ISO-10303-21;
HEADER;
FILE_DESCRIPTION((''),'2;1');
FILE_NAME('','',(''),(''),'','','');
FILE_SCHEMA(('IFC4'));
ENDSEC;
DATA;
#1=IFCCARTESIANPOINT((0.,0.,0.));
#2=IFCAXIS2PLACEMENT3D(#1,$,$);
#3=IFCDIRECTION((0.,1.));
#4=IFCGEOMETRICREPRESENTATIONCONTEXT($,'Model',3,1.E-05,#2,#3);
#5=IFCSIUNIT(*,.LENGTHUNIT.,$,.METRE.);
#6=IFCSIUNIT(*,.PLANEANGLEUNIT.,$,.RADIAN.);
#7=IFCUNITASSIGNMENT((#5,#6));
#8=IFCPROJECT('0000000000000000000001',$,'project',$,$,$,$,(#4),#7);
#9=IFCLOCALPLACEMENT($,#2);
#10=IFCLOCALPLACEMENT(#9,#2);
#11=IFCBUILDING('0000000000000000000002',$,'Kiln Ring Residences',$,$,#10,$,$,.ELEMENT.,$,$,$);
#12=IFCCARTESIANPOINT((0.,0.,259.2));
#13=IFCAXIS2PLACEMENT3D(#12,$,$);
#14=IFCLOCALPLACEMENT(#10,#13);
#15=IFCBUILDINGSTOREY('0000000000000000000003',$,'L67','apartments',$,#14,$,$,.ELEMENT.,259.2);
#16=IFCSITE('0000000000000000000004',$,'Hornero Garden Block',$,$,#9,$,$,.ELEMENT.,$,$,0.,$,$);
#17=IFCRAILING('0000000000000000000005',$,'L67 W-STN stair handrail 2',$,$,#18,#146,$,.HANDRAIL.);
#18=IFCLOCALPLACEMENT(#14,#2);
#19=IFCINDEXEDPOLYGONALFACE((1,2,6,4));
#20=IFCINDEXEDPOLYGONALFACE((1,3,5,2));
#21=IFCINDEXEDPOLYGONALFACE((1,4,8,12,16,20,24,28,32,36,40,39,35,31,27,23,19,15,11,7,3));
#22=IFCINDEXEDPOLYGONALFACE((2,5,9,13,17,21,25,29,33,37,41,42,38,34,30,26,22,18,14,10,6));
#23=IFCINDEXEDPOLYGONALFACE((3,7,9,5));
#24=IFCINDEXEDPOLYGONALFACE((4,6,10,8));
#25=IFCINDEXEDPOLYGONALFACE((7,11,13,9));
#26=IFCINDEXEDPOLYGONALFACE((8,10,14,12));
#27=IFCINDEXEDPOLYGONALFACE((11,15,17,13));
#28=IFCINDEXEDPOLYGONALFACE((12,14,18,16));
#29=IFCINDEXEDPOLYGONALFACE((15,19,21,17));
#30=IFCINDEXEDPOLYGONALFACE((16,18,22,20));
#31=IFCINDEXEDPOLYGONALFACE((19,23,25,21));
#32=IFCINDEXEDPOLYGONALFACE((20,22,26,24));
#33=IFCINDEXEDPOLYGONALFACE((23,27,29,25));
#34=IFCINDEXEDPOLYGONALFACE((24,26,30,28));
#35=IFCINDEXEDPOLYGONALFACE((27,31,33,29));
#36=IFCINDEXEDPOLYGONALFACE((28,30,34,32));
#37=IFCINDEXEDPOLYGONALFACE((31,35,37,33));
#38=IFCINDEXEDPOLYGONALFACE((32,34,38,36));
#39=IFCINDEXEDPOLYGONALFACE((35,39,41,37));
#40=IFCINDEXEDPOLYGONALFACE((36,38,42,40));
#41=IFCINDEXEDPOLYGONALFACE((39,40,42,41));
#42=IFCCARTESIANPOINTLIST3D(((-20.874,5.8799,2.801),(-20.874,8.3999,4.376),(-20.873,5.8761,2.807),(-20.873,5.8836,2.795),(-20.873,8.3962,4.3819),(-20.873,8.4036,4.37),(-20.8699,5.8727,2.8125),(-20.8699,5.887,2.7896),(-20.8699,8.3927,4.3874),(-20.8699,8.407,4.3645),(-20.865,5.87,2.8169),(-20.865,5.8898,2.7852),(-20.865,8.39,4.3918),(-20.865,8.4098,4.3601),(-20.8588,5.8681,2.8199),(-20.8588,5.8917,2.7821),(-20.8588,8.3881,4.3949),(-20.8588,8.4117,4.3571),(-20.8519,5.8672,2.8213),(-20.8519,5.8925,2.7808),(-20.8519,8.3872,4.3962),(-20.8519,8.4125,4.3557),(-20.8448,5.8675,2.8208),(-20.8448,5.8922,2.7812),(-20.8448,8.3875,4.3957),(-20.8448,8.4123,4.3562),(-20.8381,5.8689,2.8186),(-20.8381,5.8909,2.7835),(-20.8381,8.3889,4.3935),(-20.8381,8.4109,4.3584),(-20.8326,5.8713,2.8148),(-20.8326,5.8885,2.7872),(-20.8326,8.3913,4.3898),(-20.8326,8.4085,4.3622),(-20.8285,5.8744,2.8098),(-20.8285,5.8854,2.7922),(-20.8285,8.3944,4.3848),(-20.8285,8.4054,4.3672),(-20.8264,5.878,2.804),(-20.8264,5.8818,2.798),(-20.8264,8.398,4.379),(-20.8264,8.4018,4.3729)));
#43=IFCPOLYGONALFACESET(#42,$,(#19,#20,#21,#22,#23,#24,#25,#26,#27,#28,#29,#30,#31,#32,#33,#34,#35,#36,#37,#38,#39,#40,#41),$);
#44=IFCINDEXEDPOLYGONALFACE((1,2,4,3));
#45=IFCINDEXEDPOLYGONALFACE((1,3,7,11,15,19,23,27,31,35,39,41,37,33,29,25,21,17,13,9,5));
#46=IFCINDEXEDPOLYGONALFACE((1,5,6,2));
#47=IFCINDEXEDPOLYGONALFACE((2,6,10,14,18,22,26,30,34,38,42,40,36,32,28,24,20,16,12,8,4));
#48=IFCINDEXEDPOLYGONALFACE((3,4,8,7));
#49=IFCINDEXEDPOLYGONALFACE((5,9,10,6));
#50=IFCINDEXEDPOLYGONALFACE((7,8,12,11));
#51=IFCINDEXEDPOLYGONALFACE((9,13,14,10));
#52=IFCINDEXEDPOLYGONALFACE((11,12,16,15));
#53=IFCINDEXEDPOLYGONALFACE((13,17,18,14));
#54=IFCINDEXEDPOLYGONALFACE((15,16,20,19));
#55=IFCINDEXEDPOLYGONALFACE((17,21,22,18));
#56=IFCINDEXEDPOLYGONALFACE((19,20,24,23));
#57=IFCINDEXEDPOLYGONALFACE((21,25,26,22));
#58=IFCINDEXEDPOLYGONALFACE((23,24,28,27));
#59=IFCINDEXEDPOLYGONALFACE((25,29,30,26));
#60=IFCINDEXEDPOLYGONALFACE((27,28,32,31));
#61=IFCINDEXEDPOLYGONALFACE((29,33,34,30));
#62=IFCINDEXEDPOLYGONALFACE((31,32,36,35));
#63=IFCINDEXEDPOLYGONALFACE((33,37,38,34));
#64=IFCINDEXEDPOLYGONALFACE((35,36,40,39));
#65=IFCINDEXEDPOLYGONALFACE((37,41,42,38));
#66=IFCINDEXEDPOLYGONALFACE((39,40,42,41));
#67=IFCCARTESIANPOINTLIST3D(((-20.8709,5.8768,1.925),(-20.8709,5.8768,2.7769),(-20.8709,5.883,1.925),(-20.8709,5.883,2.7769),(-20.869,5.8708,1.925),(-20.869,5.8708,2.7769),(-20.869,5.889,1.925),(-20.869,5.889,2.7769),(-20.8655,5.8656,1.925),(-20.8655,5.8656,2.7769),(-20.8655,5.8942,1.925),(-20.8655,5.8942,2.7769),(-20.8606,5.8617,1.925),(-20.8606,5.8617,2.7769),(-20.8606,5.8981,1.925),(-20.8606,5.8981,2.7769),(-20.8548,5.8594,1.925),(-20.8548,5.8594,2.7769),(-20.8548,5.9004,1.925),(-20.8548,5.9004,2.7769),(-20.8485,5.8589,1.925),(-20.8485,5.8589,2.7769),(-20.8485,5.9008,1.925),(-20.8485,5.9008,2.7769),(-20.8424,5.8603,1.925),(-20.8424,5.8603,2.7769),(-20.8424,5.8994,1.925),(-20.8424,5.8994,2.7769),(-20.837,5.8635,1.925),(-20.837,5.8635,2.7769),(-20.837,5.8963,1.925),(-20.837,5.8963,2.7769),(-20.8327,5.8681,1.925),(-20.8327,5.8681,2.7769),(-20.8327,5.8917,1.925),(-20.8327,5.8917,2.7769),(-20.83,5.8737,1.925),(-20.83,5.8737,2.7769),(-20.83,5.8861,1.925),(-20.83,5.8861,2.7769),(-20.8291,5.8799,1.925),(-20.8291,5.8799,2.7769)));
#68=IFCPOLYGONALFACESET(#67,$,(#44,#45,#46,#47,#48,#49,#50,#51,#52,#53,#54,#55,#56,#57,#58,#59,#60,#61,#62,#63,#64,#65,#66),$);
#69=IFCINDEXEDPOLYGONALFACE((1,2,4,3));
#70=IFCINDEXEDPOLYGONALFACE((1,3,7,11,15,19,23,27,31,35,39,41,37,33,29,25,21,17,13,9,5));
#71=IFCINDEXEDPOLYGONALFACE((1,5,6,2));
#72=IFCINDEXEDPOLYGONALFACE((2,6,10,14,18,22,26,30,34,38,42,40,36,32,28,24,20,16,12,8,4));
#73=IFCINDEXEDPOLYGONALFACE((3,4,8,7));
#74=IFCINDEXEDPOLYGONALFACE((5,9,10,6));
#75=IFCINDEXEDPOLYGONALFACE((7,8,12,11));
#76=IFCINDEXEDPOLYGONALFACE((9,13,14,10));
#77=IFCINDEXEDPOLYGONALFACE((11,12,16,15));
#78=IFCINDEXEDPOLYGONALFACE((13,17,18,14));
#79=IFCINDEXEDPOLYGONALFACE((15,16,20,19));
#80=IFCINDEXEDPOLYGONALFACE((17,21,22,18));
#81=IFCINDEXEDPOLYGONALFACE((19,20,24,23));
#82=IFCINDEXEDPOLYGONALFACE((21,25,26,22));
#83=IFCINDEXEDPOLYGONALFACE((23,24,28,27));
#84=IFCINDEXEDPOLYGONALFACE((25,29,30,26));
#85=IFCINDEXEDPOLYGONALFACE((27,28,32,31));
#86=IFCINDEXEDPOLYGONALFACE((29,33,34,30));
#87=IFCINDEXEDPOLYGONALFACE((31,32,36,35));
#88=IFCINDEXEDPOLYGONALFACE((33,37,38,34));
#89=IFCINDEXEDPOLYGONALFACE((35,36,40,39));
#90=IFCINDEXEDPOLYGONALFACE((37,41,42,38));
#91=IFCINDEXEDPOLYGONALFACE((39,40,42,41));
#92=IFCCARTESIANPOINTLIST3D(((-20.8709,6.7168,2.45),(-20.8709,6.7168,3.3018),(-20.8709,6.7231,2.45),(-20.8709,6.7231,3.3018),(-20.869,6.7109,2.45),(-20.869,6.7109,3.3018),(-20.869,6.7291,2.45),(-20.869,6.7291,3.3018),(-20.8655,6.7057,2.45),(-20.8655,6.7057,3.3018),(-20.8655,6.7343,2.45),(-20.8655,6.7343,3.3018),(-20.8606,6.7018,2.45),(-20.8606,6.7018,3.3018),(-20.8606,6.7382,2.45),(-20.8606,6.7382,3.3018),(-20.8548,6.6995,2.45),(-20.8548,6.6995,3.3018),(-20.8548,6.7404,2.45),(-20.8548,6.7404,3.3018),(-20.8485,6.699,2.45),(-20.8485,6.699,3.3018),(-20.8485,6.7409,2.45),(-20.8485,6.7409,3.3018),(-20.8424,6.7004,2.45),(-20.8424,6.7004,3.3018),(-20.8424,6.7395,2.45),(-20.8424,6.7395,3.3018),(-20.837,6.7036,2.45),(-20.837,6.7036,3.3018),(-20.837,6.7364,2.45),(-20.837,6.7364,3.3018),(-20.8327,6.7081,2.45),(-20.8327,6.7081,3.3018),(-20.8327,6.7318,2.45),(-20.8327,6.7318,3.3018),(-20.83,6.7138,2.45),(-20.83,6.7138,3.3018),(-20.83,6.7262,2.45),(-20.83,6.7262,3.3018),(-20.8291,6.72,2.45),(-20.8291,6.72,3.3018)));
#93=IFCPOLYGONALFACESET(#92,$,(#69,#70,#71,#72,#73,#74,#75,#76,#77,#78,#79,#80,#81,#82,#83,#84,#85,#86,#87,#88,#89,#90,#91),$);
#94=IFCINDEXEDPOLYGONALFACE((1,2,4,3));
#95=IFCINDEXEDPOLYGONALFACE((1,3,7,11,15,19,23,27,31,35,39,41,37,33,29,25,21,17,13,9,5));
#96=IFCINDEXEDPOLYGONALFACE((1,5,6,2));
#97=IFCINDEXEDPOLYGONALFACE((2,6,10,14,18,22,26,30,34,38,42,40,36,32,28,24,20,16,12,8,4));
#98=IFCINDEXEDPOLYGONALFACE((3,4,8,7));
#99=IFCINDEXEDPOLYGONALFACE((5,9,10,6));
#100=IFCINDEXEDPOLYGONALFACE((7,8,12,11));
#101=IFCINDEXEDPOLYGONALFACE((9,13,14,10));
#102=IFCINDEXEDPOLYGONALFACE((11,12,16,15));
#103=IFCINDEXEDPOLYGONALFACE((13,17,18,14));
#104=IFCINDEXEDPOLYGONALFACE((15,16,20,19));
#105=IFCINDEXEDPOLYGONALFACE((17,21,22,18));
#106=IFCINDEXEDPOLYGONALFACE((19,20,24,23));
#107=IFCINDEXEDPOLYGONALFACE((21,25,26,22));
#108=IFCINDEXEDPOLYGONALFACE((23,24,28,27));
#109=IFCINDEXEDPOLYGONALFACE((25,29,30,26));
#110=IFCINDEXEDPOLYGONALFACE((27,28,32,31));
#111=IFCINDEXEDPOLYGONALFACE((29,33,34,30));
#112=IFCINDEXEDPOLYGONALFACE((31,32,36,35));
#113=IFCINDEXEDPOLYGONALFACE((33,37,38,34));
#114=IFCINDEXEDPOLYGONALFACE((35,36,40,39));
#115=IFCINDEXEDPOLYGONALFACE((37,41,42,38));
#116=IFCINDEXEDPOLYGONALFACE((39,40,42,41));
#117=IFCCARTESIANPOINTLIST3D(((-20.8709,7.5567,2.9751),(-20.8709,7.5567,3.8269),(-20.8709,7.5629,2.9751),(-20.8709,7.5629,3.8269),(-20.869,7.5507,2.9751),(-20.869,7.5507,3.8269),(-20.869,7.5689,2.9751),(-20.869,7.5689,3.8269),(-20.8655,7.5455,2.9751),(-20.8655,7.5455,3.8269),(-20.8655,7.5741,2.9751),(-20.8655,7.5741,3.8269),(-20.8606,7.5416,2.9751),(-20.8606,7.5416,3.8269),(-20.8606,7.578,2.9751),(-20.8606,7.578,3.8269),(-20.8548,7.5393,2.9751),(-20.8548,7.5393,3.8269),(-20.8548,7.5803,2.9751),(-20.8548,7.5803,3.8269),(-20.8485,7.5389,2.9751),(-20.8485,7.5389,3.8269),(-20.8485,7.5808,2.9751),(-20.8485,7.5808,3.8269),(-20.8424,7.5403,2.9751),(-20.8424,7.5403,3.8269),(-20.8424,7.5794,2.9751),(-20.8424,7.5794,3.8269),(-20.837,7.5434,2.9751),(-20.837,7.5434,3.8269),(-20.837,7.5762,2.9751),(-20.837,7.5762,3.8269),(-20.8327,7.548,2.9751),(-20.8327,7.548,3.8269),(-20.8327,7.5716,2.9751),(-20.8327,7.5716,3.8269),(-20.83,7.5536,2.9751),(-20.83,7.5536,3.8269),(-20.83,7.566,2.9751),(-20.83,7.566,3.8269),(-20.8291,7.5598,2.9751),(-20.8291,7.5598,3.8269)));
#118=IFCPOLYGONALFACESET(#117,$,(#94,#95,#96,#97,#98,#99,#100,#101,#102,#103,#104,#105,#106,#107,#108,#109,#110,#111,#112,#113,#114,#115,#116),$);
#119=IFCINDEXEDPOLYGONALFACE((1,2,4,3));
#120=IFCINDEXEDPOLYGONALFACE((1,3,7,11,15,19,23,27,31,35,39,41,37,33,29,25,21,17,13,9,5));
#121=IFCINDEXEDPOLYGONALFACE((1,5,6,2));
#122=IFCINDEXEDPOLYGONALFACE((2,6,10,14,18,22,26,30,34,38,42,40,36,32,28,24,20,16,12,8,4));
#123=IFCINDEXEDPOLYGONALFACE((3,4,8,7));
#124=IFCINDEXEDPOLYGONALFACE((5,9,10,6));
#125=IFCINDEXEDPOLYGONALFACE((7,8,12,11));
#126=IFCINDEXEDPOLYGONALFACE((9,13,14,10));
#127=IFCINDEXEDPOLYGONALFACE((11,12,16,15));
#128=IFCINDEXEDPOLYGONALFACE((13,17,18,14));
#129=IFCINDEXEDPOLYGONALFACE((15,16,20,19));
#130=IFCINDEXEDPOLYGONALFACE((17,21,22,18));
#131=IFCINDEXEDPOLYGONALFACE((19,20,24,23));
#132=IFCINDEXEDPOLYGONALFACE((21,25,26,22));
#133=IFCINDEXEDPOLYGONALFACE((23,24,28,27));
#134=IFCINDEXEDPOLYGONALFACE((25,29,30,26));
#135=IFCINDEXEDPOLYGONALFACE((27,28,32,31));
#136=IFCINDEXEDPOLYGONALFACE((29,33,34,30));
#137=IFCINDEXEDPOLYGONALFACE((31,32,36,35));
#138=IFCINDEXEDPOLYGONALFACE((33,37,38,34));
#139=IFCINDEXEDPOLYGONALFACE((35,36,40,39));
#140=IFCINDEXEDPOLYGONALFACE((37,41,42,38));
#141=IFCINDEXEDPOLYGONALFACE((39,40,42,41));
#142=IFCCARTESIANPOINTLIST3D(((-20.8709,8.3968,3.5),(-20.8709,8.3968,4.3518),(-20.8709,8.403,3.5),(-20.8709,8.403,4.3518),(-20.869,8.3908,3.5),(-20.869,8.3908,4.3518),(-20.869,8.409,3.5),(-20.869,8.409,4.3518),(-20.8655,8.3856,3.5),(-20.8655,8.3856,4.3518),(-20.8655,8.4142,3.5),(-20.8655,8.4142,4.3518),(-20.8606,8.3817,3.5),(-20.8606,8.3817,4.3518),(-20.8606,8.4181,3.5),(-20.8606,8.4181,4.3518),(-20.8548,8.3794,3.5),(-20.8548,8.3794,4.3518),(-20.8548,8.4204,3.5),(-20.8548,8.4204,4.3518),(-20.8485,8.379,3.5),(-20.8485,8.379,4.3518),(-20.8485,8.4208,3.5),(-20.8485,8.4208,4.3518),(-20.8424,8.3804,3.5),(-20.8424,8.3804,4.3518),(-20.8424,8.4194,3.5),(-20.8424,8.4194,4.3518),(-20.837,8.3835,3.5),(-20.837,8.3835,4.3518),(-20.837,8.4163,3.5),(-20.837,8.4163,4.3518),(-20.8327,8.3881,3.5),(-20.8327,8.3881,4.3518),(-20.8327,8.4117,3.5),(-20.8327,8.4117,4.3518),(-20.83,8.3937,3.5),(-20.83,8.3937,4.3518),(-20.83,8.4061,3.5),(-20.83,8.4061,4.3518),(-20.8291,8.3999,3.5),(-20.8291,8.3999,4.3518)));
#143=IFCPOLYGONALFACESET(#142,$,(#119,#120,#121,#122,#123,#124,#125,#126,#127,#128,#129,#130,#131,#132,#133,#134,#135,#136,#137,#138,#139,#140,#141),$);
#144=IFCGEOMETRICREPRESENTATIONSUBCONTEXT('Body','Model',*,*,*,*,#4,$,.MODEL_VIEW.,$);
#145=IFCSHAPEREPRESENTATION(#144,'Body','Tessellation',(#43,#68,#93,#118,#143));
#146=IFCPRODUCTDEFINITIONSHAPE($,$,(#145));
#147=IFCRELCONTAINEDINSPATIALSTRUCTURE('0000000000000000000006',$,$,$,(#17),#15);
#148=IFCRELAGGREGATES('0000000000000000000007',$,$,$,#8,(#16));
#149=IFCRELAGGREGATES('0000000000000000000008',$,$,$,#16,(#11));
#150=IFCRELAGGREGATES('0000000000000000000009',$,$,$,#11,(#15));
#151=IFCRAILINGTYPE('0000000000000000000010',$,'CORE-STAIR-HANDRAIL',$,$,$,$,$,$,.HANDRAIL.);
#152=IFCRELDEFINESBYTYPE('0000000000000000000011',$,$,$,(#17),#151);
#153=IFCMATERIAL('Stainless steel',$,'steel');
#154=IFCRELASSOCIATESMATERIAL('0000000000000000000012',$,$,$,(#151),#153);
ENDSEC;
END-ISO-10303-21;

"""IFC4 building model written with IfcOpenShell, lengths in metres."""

from ifc_helpers import new_model, si_unit, direction, frame, origin, origin_2d, place, context, subcontext, project, spatial, circle, extrude, material, type_object, element, save


model = new_model("IFC4")

# Units and contexts
model_context = context("Model", 3, precision=1e-05, world=origin(), true_north=direction((0.0, 1.0)))
body_context = subcontext(model_context, "Body", "Model", "MODEL_VIEW")
ifc_project = project(units=[si_unit("LENGTHUNIT", "METRE"), si_unit("PLANEANGLEUNIT", "RADIAN")], contexts=[model_context])

# Site, building, storey
site_placement = place(None, origin())
site = spatial("IfcSite", under=ifc_project, at=site_placement, Name="Hornero Garden Block", CompositionType="ELEMENT", RefElevation=0.0)
building_placement = place(site_placement, origin())
building = spatial("IfcBuilding", under=site, at=building_placement, Name="Kiln Ring Residences", CompositionType="ELEMENT")
storey_placement = place(building_placement, frame((0.0, 0.0, 259.2)))
storey = spatial("IfcBuildingStorey", under=building, at=storey_placement, Name="L67", Description="apartments", CompositionType="ELEMENT", Elevation=259.2)

# Railing
ifc_material_1 = material(Name="Stainless steel", Category="steel")
railing_type_1 = type_object("IfcRailingType", Name="CORE-STAIR-HANDRAIL", PredefinedType="HANDRAIL", material=ifc_material_1)
railing_1_placement = place(storey_placement, frame((-20.8501, 5.8799, 1.925)))
element("IfcRailing", 1, at=railing_1_placement, inside=storey, type_object=railing_type_1, Name="L67 W-STN stair handrail 2", PredefinedType="HANDRAIL", context=body_context, shape_type="SweptSolid", body=[
    extrude(circle(Radius=0.0239, at=origin_2d()), frame((0.0, 0.0, 0.876), z_axis=(0.0, 0.848008, 0.529984), x_axis=(-1.0, 0.0, 0.0)), (0.0, 0.0, 1.0), 2.9717),
    extrude(circle(Radius=0.021, at=origin_2d()), origin(), (0.0, 0.0, 1.0), 0.8518),
    extrude(circle(Radius=0.021, at=origin_2d()), frame((0.0, 0.8401, 0.5249)), (0.0, 0.0, 1.0), 0.8518),
    extrude(circle(Radius=0.021, at=origin_2d()), frame((0.0, 1.6799, 1.05)), (0.0, 0.0, 1.0), 0.8518),
    extrude(circle(Radius=0.021, at=origin_2d()), frame((0.0, 2.52, 1.575)), (0.0, 0.0, 1.0), 0.8518),
])

save(model, "model.ifc")
